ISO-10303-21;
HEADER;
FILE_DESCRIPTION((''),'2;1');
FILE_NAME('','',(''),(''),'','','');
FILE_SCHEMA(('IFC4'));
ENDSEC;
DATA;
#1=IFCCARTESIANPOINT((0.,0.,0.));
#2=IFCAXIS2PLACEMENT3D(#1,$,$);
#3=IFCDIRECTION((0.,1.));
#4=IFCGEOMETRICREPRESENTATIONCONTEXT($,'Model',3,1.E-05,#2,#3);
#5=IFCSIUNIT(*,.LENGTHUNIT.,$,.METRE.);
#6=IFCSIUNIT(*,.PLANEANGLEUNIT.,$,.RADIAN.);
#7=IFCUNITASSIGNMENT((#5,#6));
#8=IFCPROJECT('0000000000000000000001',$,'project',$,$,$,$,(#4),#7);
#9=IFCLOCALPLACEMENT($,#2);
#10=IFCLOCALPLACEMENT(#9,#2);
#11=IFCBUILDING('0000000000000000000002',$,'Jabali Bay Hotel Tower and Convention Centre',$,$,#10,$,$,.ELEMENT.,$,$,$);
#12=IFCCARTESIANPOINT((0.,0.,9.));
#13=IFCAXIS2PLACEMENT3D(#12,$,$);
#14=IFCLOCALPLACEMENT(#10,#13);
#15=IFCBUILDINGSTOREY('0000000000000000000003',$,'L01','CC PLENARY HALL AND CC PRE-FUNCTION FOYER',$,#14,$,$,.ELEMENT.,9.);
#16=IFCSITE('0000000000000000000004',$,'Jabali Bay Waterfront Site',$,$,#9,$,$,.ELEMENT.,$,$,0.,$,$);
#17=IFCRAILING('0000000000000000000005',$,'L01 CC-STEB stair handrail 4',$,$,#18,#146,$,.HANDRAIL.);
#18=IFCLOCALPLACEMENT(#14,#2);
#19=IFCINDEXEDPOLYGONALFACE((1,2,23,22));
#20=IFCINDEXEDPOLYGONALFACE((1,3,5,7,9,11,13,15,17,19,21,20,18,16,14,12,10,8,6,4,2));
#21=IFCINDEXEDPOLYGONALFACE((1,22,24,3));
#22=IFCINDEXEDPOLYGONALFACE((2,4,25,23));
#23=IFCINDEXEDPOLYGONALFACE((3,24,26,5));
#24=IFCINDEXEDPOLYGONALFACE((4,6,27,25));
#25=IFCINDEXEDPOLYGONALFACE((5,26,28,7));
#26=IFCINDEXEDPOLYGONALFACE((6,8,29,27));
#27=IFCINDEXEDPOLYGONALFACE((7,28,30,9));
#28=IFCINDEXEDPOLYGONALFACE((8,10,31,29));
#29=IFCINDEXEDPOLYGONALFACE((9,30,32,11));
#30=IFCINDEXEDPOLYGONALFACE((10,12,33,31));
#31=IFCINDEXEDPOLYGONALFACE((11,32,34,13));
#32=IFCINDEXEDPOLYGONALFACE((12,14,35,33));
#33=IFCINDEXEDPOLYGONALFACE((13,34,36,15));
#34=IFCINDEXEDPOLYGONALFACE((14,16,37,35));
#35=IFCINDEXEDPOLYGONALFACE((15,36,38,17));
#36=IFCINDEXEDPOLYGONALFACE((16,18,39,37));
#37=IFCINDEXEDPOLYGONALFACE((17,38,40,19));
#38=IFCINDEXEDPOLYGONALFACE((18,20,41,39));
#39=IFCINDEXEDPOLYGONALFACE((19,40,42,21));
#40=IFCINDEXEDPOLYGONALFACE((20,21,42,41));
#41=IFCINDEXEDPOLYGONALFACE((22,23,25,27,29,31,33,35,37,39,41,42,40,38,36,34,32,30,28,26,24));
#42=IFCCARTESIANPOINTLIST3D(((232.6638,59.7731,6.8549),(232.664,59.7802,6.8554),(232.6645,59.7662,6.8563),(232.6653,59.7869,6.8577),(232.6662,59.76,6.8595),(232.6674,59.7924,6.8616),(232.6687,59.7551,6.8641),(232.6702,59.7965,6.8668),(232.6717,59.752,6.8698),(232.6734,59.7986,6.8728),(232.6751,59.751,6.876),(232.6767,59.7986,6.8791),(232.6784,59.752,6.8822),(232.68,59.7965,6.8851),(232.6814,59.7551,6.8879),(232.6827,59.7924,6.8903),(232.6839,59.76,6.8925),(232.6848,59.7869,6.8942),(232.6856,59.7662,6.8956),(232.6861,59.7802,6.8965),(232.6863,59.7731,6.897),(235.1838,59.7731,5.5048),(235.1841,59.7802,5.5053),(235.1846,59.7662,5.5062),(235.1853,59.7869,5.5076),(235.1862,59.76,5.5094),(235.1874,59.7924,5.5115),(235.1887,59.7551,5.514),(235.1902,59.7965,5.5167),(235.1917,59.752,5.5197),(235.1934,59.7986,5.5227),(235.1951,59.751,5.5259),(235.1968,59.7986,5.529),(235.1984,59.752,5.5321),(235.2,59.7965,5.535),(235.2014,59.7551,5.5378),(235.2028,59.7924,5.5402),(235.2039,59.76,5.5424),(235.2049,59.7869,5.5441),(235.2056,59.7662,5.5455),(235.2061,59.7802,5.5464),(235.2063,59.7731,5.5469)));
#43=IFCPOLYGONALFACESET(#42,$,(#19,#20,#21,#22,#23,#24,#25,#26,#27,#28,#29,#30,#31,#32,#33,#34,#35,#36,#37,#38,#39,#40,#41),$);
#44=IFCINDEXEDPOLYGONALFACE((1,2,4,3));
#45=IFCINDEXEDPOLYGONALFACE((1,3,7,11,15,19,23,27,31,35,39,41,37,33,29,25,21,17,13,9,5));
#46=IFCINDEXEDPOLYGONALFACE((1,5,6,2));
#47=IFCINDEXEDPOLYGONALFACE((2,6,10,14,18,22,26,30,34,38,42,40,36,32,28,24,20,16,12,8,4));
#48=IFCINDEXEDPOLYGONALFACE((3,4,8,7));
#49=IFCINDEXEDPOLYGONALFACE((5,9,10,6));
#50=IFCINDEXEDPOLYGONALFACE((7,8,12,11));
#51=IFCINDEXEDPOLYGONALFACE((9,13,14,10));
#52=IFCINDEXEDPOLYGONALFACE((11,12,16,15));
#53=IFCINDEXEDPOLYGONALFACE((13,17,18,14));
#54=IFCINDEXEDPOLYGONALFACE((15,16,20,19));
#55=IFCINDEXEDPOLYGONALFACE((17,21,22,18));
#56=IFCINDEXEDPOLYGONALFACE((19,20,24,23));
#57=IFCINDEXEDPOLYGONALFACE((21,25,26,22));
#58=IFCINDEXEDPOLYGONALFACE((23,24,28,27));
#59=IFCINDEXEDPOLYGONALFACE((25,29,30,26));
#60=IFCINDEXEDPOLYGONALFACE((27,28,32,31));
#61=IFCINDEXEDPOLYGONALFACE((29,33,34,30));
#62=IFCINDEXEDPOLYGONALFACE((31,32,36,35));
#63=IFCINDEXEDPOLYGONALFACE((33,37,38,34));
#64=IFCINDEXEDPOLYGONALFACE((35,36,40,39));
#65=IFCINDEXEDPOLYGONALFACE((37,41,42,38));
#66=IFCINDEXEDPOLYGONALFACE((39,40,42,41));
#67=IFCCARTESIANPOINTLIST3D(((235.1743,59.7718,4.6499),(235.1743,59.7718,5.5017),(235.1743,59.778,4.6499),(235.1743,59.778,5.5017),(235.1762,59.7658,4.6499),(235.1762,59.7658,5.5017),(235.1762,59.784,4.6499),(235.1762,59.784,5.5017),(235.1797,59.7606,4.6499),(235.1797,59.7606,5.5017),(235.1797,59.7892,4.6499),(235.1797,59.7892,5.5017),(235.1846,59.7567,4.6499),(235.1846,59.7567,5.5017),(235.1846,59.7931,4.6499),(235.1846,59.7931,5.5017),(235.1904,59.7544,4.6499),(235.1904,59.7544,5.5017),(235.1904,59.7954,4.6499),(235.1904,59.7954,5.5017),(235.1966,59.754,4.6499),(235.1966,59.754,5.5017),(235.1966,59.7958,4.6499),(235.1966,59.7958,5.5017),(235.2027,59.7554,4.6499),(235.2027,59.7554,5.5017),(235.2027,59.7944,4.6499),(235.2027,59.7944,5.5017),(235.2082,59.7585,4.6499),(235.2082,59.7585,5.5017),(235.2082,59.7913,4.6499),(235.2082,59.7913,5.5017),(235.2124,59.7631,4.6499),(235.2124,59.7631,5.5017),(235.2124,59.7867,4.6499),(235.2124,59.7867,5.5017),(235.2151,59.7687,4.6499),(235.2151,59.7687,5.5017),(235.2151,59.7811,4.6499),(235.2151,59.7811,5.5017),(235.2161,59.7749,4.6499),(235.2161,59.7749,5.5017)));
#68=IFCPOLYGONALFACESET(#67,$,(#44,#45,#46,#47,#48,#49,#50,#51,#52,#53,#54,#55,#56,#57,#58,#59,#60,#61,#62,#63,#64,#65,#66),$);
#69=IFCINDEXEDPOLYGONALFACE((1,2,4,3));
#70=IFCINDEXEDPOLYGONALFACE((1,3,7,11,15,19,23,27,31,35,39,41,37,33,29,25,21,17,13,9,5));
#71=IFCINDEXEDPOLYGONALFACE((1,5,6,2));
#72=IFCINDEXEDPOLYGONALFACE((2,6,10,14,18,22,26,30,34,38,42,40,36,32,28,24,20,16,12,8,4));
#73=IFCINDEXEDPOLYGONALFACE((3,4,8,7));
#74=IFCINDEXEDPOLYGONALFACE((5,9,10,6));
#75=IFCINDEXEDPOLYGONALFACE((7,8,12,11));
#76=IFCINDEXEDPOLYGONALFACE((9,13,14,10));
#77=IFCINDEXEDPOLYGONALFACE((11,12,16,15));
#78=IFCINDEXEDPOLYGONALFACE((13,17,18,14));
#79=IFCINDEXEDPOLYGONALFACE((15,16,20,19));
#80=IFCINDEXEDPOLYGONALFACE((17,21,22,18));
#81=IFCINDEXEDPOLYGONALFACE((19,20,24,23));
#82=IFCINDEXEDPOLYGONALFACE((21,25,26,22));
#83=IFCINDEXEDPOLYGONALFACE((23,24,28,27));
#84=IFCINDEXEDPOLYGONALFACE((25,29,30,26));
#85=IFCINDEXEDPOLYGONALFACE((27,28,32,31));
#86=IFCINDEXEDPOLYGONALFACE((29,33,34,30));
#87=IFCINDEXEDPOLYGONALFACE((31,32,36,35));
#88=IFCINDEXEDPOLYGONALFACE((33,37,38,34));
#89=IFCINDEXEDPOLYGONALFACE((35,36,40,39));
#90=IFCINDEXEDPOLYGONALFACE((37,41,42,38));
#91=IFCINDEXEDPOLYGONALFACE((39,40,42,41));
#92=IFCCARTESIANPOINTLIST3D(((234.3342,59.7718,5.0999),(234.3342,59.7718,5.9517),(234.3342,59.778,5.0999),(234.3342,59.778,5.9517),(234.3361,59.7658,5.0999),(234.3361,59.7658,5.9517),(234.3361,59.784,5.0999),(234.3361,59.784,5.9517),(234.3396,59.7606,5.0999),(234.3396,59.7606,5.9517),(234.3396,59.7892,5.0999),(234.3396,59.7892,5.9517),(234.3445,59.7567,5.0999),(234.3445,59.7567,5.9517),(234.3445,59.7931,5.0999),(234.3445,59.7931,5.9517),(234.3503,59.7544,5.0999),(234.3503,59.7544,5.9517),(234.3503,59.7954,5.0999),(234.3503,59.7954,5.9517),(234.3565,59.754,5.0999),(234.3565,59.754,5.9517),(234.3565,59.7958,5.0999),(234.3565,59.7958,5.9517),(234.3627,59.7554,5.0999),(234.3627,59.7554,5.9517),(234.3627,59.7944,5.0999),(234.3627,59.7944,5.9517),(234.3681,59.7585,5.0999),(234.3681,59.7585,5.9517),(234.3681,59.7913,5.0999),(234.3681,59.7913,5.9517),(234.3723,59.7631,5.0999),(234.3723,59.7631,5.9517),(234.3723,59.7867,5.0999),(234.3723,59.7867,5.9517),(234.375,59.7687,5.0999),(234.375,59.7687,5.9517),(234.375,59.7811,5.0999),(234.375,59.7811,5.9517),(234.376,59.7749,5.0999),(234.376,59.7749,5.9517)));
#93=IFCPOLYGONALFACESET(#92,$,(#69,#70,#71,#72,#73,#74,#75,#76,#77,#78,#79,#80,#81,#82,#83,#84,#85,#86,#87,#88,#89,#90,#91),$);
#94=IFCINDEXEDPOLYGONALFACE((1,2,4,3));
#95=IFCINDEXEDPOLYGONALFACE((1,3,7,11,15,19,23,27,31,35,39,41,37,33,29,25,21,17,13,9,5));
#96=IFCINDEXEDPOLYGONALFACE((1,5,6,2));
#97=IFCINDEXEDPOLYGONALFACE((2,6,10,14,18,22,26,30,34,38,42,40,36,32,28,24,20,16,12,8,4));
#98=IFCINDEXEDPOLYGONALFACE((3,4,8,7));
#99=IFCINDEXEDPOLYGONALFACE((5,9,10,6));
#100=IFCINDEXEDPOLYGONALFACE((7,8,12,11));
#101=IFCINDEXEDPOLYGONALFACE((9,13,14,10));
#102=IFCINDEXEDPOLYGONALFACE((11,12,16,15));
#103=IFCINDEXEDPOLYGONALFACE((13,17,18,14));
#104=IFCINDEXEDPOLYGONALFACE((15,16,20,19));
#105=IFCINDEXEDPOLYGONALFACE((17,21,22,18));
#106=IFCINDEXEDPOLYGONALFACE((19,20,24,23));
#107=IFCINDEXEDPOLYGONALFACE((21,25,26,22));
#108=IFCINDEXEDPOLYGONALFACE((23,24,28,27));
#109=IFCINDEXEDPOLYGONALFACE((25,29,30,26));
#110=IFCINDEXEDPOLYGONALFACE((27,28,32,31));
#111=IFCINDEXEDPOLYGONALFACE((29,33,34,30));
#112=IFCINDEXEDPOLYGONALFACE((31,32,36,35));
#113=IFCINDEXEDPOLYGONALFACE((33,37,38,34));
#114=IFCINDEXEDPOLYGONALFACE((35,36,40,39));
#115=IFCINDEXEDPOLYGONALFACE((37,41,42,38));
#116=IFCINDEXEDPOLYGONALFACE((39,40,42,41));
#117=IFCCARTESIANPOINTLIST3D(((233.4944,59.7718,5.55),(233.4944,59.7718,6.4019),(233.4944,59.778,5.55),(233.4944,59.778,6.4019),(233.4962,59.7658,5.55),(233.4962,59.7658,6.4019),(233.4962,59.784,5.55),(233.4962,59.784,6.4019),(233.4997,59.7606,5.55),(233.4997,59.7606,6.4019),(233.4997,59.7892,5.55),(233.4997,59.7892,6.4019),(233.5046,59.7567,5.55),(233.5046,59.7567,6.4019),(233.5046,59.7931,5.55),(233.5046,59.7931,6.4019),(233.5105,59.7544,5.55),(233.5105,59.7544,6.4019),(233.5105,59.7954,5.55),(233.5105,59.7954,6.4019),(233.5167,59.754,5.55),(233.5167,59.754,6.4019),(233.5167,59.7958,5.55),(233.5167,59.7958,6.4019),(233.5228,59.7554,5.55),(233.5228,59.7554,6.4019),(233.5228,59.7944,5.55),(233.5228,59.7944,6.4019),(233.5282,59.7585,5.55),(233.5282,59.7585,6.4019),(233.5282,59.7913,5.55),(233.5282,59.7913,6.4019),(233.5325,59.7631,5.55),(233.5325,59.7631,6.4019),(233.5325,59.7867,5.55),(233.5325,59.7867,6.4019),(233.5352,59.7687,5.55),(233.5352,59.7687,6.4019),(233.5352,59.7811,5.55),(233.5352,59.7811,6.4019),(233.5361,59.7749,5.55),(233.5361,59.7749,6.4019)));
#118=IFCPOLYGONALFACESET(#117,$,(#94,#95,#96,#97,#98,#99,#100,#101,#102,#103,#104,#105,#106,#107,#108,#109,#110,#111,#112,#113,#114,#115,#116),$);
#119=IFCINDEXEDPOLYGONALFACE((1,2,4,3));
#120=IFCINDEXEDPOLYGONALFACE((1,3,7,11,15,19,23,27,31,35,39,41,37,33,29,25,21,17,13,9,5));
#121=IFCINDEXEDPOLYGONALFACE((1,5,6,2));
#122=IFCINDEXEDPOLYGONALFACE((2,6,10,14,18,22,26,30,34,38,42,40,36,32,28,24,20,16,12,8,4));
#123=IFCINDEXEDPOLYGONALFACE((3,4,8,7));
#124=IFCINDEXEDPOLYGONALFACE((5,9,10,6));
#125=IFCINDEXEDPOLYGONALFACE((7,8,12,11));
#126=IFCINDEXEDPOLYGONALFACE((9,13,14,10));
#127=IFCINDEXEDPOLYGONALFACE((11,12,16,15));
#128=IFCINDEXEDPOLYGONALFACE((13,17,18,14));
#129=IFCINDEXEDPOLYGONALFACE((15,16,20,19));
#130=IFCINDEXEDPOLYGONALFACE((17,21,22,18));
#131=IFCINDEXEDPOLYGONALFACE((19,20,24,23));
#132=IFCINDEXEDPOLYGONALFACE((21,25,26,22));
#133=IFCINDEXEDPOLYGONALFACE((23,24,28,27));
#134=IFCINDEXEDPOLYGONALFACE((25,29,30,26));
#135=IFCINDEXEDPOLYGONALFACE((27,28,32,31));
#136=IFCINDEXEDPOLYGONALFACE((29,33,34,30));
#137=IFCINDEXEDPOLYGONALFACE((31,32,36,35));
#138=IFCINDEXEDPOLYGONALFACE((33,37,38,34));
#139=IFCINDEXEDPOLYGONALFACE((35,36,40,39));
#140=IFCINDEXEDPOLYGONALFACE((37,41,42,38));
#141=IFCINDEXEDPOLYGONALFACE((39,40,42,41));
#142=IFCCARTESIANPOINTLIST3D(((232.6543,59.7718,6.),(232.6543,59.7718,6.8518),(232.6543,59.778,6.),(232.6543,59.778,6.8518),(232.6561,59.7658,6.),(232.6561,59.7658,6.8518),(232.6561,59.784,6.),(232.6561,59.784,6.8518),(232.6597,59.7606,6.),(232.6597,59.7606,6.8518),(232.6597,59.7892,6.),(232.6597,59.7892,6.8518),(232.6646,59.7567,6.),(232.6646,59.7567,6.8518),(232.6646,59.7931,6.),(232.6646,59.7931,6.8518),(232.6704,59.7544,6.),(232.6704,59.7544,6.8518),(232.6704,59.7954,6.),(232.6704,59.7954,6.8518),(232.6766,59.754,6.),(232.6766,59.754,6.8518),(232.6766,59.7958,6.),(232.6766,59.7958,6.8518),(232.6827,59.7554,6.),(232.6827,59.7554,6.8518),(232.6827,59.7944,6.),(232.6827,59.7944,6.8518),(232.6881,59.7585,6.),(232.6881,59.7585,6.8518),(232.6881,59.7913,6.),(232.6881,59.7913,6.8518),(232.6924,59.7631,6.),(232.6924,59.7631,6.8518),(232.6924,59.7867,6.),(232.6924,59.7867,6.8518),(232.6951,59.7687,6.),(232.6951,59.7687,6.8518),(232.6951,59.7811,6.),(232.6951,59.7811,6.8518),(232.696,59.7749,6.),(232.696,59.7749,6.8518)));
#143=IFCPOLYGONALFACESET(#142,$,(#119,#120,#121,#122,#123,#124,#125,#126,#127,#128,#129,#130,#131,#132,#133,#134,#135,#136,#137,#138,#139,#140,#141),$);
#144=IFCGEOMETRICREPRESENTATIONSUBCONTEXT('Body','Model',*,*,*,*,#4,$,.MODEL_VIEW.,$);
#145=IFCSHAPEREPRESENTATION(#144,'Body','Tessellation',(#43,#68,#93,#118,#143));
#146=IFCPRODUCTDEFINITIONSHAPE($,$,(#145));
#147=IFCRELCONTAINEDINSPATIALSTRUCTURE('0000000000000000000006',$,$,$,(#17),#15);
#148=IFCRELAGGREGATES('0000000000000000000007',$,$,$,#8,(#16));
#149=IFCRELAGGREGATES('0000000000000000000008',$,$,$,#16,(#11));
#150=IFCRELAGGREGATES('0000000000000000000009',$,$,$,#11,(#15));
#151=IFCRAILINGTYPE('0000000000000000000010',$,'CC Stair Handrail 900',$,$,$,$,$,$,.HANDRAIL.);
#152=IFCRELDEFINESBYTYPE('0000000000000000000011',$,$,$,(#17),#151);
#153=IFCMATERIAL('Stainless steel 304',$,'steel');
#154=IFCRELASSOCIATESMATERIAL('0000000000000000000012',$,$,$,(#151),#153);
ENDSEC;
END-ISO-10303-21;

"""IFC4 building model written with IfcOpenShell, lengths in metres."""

from ifc_helpers import new_model, si_unit, direction, frame, origin, origin_2d, place, context, subcontext, project, spatial, circle, extrude, material, type_object, element, save


model = new_model("IFC4")

# Units and contexts
model_context = context("Model", 3, precision=1e-05, world=origin(), true_north=direction((0.0, 1.0)))
body_context = subcontext(model_context, "Body", "Model", "MODEL_VIEW")
ifc_project = project(units=[si_unit("LENGTHUNIT", "METRE"), si_unit("PLANEANGLEUNIT", "RADIAN")], contexts=[model_context])

# Site, building, storey
site_placement = place(None, origin())
site = spatial("IfcSite", under=ifc_project, at=site_placement, Name="Jabali Bay Waterfront Site", CompositionType="ELEMENT", RefElevation=0.0)
building_placement = place(site_placement, origin())
building = spatial("IfcBuilding", under=site, at=building_placement, Name="Jabali Bay Hotel Tower and Convention Centre", CompositionType="ELEMENT")
storey_placement = place(building_placement, frame((0.0, 0.0, 9.0)))
storey = spatial("IfcBuildingStorey", under=building, at=storey_placement, Name="L01", Description="CC PLENARY HALL AND CC PRE-FUNCTION FOYER", CompositionType="ELEMENT", Elevation=9.0)

# Railing
ifc_material_1 = material(Name="Stainless steel 304", Category="steel")
railing_type_1 = type_object("IfcRailingType", Name="CC Stair Handrail 900", PredefinedType="HANDRAIL", material=ifc_material_1)
for number, where, name in (
    (1, (235.1951, 59.7749, 4.6499), "L01 CC-STEB stair handrail 4"),
):
    element("IfcRailing", number, at=place(storey_placement, frame(where)), inside=storey, type_object=railing_type_1, Name=name, PredefinedType="HANDRAIL", context=body_context, shape_type="SweptSolid", body=[
        extrude(circle(Radius=0.0239, at=origin_2d()), frame((0.0, 0.0, 0.876), z_axis=(-0.881467, 0.0, 0.472245), x_axis=(0.0, -1.0, 0.0)), (0.0, 0.0, 1.0), 2.8589),
        extrude(circle(Radius=0.021, at=origin_2d()), origin(), (0.0, 0.0, 1.0), 0.8518),
        extrude(circle(Radius=0.021, at=origin_2d()), frame((-0.8401, 0.0, 0.45)), (0.0, 0.0, 1.0), 0.8518),
        extrude(circle(Radius=0.021, at=origin_2d()), frame((-1.6799, 0.0, 0.9001)), (0.0, 0.0, 1.0), 0.8518),
        extrude(circle(Radius=0.021, at=origin_2d()), frame((-2.52, 0.0, 1.3501)), (0.0, 0.0, 1.0), 0.8518),
    ])

save(model, "model.ifc")
